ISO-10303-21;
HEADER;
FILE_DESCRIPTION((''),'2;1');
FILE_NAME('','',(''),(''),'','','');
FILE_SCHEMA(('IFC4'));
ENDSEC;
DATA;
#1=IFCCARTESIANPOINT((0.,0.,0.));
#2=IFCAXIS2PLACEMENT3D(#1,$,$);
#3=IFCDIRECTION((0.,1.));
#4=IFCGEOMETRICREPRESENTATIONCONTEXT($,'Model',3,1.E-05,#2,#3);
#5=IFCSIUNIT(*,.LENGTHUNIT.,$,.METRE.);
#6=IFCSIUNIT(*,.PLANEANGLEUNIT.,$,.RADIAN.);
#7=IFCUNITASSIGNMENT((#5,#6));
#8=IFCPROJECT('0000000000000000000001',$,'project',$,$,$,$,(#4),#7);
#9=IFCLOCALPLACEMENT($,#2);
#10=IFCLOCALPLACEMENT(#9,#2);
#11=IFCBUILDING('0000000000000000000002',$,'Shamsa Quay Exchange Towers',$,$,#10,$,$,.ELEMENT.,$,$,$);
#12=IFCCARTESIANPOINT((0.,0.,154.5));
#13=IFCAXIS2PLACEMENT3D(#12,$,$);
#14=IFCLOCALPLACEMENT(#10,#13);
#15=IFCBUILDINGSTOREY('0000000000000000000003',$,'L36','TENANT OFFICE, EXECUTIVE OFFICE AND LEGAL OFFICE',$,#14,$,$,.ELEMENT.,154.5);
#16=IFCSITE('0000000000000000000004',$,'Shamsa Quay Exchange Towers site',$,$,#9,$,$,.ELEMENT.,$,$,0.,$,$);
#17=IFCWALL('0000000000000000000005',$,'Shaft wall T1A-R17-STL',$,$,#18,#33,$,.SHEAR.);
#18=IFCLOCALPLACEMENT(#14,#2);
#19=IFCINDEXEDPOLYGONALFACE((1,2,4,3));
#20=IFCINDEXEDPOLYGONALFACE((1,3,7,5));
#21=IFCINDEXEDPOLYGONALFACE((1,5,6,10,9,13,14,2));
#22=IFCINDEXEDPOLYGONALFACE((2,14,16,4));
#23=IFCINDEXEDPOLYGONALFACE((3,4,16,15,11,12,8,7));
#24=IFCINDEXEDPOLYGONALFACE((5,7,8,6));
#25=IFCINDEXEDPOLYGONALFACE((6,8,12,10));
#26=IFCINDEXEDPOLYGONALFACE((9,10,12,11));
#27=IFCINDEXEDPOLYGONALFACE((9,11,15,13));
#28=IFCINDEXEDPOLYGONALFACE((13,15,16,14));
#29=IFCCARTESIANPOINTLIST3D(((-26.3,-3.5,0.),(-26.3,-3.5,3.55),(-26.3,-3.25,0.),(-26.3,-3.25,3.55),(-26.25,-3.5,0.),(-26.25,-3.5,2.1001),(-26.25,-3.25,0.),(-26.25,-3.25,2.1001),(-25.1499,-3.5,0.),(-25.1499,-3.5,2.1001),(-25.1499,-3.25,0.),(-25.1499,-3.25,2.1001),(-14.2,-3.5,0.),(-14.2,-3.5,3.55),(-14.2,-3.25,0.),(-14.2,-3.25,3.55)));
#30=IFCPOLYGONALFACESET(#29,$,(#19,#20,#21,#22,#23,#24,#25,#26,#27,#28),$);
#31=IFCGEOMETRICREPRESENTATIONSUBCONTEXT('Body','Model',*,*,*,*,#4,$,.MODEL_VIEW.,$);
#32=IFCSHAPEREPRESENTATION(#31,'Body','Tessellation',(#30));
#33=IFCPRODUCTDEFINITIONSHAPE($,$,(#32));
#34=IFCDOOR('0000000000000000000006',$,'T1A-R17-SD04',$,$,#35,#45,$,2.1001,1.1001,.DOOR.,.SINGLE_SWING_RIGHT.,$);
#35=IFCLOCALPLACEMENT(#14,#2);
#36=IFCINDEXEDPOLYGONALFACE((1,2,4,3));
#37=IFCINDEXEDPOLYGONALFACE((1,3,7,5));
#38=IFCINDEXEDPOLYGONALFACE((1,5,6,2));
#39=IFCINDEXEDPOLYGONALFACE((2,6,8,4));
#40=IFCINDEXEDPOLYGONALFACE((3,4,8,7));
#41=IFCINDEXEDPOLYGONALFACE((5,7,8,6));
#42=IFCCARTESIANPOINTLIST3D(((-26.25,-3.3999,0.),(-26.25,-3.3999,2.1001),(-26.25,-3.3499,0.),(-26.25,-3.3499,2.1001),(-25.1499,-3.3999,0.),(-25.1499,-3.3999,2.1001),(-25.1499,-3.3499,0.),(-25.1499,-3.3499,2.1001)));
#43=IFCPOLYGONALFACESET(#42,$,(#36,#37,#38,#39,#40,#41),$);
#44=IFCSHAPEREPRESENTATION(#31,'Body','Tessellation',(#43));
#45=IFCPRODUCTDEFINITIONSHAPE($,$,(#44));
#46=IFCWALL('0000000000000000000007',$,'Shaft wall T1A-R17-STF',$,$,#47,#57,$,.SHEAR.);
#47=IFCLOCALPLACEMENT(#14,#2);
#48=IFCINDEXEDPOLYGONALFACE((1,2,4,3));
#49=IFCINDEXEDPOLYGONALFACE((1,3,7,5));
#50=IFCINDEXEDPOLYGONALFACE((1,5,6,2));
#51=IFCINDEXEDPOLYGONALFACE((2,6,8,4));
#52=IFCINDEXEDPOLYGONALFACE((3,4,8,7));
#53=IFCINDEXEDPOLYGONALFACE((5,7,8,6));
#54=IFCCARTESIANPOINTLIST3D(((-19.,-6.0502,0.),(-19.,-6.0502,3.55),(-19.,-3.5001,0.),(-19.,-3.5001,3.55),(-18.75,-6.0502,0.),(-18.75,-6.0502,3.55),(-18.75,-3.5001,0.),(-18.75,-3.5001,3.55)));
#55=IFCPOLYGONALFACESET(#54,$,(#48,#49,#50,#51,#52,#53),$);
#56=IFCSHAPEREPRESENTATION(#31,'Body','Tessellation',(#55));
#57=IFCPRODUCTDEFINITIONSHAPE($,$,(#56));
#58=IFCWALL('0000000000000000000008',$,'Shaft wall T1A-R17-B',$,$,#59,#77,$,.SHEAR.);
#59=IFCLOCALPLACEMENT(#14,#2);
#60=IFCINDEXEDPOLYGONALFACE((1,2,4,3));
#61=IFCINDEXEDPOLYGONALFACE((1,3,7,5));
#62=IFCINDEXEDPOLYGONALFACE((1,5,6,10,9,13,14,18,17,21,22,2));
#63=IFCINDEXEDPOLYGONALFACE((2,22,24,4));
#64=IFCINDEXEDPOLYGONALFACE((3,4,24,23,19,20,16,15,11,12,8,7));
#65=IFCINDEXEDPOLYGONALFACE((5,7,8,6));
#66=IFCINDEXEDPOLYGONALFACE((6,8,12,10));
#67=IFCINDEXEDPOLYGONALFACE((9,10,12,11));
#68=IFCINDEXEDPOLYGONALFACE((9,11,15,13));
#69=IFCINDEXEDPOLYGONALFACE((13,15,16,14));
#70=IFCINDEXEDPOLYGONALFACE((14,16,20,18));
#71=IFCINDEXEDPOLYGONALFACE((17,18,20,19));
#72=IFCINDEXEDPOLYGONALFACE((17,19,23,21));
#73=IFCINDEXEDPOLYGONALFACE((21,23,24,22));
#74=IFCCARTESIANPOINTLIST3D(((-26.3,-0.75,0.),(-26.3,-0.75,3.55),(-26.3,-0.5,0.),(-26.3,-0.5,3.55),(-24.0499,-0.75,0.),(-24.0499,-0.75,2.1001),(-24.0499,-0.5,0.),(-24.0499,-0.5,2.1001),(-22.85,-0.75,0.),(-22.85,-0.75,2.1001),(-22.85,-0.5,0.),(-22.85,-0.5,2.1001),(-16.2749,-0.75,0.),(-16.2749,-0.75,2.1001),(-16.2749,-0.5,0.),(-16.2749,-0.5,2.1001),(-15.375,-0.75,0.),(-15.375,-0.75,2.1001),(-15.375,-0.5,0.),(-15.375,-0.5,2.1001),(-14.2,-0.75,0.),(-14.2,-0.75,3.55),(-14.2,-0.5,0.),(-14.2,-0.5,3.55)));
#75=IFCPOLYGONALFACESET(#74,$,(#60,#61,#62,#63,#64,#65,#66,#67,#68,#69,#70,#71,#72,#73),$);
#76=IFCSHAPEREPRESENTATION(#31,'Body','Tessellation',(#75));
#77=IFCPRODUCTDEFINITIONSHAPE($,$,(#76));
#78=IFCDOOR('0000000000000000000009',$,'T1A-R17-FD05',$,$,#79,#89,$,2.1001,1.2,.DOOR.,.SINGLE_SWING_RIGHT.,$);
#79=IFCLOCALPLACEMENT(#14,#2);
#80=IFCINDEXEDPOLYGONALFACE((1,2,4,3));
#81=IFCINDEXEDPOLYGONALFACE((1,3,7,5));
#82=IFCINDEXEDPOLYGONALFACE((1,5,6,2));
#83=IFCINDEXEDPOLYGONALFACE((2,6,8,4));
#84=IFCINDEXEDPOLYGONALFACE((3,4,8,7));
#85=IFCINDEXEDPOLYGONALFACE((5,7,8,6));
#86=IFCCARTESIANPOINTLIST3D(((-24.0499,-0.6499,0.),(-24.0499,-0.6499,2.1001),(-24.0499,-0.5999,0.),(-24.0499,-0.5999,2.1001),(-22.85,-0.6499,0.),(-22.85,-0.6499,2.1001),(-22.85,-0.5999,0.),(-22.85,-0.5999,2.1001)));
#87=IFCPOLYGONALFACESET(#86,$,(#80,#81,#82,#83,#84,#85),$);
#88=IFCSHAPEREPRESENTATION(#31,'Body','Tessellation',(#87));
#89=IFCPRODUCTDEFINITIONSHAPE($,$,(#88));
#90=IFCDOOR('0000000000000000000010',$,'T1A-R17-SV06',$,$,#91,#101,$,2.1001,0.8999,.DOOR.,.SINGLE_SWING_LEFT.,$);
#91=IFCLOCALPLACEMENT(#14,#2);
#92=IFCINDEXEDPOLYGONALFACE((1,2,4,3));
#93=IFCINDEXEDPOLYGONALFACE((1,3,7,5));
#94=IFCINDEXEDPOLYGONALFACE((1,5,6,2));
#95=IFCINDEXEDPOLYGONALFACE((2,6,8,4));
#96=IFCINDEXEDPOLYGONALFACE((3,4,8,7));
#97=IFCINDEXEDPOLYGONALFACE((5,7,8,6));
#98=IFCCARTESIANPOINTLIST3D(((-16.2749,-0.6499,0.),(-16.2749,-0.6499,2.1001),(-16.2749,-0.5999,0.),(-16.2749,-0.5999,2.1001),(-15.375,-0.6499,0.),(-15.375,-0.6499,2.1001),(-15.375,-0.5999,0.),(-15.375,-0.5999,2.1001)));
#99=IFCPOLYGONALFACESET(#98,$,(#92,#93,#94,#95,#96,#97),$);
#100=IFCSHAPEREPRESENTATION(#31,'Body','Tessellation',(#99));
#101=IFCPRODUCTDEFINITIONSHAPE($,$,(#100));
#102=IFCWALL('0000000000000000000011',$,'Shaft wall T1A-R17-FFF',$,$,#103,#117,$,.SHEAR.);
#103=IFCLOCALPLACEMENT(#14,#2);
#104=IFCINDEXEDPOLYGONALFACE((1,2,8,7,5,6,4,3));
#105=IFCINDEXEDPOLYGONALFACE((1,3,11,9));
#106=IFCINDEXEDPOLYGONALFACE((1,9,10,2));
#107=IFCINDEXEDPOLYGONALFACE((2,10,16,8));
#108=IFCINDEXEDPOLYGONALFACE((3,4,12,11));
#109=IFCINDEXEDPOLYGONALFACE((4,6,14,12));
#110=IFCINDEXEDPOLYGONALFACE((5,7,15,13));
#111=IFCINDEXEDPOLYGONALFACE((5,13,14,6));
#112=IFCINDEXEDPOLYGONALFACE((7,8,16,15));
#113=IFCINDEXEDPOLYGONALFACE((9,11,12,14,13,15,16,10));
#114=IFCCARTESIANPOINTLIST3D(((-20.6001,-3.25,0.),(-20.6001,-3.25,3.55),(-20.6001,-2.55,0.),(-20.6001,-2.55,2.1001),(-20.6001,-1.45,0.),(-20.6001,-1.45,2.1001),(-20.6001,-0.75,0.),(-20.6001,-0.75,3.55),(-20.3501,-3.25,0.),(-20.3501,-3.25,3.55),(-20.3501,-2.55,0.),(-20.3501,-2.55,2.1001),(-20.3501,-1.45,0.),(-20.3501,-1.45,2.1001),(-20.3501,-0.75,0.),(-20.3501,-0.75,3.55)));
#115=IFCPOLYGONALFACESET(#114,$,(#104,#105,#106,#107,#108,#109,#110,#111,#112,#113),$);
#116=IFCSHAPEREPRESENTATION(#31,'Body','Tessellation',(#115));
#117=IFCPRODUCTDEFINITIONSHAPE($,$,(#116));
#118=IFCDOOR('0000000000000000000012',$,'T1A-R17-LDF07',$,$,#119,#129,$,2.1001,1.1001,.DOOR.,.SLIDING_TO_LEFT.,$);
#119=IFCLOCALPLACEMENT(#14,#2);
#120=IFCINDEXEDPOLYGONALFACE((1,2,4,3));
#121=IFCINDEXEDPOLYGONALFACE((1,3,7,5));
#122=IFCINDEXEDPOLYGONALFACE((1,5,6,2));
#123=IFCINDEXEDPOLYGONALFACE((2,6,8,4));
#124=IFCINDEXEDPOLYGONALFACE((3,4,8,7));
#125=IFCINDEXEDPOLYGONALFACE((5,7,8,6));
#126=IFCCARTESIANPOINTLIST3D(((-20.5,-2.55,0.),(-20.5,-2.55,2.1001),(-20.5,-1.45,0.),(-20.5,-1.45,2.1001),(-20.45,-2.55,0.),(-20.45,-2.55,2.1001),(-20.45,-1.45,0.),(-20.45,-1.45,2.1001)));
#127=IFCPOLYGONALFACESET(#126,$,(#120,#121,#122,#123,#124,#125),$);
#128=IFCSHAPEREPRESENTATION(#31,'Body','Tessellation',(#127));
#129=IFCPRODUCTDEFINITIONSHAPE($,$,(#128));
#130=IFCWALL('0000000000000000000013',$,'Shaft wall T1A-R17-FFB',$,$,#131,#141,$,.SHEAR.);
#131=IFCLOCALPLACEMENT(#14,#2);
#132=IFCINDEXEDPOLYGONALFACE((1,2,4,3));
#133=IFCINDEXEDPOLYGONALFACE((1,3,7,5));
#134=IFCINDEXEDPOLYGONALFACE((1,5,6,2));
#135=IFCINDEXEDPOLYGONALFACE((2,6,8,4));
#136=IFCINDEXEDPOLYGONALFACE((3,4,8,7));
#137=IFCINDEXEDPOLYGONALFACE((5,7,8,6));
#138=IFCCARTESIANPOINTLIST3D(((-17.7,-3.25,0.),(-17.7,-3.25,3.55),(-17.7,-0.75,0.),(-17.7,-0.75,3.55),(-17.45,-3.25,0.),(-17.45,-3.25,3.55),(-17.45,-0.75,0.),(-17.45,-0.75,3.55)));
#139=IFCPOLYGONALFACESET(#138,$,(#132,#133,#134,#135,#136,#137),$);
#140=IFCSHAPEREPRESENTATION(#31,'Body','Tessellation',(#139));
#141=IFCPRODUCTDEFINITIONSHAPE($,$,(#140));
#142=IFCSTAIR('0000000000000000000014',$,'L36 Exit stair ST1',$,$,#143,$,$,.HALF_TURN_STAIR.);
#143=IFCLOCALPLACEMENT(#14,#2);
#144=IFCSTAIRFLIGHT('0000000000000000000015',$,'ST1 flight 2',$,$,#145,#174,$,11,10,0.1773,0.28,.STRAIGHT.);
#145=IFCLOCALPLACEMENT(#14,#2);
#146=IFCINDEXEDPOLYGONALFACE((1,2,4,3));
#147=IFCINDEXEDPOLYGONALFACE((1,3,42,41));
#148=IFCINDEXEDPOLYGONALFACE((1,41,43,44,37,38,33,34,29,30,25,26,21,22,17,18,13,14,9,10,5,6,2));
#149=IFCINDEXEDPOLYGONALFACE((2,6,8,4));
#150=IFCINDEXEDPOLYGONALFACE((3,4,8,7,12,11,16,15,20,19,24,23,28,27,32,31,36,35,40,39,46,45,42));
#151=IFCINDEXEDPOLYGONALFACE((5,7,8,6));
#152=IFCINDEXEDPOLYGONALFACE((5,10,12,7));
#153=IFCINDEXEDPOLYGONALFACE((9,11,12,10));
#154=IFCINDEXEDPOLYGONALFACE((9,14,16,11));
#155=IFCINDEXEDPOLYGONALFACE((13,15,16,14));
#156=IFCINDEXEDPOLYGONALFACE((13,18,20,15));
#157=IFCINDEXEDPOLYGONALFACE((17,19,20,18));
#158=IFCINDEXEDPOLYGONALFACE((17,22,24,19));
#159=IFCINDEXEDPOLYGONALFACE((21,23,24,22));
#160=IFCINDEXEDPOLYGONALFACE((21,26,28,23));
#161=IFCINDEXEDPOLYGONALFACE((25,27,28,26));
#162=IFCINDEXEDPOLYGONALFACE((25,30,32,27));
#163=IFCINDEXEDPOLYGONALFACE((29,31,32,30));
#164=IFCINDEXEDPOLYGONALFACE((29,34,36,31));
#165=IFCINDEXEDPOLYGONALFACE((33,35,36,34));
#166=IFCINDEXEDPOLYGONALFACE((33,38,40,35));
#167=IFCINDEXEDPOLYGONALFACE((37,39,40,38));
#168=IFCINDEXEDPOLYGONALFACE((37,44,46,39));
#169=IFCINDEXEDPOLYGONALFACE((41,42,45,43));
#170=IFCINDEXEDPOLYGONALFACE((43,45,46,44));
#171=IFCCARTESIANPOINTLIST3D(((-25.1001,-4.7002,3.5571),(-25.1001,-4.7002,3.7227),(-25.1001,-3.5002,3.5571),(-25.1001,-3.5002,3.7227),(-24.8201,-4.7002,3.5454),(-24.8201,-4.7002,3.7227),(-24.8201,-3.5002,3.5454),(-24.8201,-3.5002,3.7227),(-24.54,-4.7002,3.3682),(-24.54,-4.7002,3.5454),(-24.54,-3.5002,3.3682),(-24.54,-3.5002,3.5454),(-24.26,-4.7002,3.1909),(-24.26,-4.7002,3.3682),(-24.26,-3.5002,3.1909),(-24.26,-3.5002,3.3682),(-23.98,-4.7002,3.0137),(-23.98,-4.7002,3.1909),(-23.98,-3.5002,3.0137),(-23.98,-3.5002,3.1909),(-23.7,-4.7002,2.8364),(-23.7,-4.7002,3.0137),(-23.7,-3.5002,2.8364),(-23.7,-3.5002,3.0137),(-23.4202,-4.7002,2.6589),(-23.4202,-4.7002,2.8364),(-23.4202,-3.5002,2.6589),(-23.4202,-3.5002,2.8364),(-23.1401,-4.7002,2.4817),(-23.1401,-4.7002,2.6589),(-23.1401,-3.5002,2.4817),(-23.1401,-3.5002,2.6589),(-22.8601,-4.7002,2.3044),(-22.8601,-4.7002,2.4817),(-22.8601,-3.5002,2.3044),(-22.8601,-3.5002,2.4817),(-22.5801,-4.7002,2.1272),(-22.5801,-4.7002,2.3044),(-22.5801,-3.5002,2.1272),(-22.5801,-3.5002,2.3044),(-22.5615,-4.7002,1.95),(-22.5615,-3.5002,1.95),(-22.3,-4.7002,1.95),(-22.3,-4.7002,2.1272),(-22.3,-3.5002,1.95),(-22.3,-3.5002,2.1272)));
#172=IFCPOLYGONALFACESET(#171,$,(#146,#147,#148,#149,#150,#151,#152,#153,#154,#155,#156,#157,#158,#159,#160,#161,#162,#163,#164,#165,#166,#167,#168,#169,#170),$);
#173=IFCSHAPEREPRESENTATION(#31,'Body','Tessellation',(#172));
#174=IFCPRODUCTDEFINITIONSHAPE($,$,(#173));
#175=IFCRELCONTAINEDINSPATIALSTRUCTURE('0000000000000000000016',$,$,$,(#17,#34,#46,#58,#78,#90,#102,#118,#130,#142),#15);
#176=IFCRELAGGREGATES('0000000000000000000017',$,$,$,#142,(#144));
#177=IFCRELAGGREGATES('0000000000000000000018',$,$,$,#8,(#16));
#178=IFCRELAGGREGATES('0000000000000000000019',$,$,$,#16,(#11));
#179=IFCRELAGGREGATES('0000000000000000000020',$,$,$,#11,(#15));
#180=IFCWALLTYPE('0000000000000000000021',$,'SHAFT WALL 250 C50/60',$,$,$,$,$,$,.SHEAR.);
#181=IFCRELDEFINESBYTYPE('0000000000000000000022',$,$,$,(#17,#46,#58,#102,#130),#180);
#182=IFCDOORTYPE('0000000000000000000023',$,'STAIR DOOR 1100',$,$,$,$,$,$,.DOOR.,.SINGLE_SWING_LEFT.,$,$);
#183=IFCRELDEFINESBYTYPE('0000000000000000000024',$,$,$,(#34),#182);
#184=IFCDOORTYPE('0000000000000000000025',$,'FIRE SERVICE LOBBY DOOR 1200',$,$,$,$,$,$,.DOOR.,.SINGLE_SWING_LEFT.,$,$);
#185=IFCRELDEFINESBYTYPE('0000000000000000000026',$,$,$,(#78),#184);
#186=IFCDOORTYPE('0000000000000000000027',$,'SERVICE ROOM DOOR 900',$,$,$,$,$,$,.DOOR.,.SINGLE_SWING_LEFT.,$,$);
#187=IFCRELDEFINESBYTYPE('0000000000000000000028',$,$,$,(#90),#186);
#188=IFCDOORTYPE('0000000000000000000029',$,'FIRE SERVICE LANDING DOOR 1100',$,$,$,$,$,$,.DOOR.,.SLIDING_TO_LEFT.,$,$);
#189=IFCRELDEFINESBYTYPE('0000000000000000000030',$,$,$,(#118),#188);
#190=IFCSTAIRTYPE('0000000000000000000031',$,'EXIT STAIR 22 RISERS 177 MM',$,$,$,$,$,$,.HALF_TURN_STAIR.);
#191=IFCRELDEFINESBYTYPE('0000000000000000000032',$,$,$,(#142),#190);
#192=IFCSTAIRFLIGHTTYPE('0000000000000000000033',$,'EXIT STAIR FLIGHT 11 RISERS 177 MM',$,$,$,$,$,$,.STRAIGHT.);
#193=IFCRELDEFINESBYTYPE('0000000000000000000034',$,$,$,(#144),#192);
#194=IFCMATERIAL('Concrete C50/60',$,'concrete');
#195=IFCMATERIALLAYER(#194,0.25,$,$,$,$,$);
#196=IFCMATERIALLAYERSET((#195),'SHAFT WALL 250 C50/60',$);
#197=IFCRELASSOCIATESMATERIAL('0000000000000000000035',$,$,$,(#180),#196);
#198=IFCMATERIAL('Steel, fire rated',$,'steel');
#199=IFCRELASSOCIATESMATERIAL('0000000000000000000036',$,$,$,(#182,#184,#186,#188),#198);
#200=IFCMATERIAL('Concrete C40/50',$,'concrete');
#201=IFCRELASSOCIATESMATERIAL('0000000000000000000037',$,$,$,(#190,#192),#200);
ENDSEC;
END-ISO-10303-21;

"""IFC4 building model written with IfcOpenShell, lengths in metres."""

from ifc_helpers import new_model, si_unit, direction, frame, frame_2d, origin, place, context, subcontext, project, spatial, polyline, rectangle, outline, extrude, material, layer, layer_set, type_object, element, fill, aggregate, save


model = new_model("IFC4")

# Units and contexts
model_context = context("Model", 3, precision=1e-05, world=origin(), true_north=direction((0.0, 1.0)))
body_context = subcontext(model_context, "Body", "Model", "MODEL_VIEW")
ifc_project = project(units=[si_unit("LENGTHUNIT", "METRE"), si_unit("PLANEANGLEUNIT", "RADIAN")], contexts=[model_context])

# Site, building, storey
site_placement = place(None, origin())
site = spatial("IfcSite", under=ifc_project, at=site_placement, Name="Shamsa Quay Exchange Towers site", CompositionType="ELEMENT", RefElevation=0.0)
building_placement = place(site_placement, origin())
building = spatial("IfcBuilding", under=site, at=building_placement, Name="Shamsa Quay Exchange Towers", CompositionType="ELEMENT")
storey_placement = place(building_placement, frame((0.0, 0.0, 154.5)))
storey = spatial("IfcBuildingStorey", under=building, at=storey_placement, Name="L36", Description="TENANT OFFICE, EXECUTIVE OFFICE AND LEGAL OFFICE", CompositionType="ELEMENT", Elevation=154.5)

# Shared definitions
ifc_material_1 = material(Name="Concrete C40/50", Category="concrete")

# Wall, opening, door
ifc_material_2 = material(Name="Concrete C50/60", Category="concrete")
ifc_layer_1 = layer(ifc_material_2, 0.25)
ifc_layer_set_1 = layer_set([ifc_layer_1], Name="SHAFT WALL 250 C50/60")
wall_type_1 = type_object("IfcWallType", Name="SHAFT WALL 250 C50/60", PredefinedType="SHEAR", material=ifc_layer_set_1)
wall_1_placement = place(storey_placement, frame((-14.2, -3.375, 0.0), z_axis=(0.0, 0.0, 1.0), x_axis=(-1.0, 0.0, 0.0)))
wall_1 = element("IfcWall", 1, at=wall_1_placement, inside=storey, type_object=wall_type_1, Name="Shaft wall T1A-R17-STL", PredefinedType="SHEAR", context=body_context, shape_type="SweptSolid", body=[
    extrude(rectangle(XDim=12.1001, YDim=0.25, at=frame_2d((6.05, 0.0))), origin(), (0.0, 0.0, 1.0), 3.55),
])
opening_1_placement = place(wall_1_placement, frame((10.95, 0.0, 0.0)))
opening_1 = element("IfcOpeningElement", 2, at=opening_1_placement, cuts=wall_1, PredefinedType="OPENING", context=body_context, shape_type="SweptSolid", body=[
    extrude(rectangle(XDim=1.1001, YDim=2.1001, at=frame_2d((0.55, 1.05))), frame((0.0, 0.135, 0.0), z_axis=(0.0, -1.0, 0.0), x_axis=(1.0, 0.0, 0.0)), (0.0, 0.0, 1.0), 0.27),
])
ifc_material_3 = material(Name="Steel, fire rated", Category="steel")
door_type_1 = type_object("IfcDoorType", Name="STAIR DOOR 1100", OperationType="SINGLE_SWING_LEFT", PredefinedType="DOOR", material=ifc_material_3)
door_1_placement = place(opening_1_placement, origin())
door_1 = element("IfcDoor", 3, at=door_1_placement, inside=storey, type_object=door_type_1, Name="T1A-R17-SD04", OperationType="SINGLE_SWING_RIGHT", OverallHeight=2.1001, OverallWidth=1.1001, PredefinedType="DOOR", context=body_context, shape_type="SweptSolid", body=[
    extrude(rectangle(XDim=1.1001, YDim=2.1001, at=frame_2d((0.55, 1.05))), frame((0.0, 0.0249, 0.0), z_axis=(0.0, -1.0, 0.0), x_axis=(1.0, 0.0, 0.0)), (0.0, 0.0, 1.0), 0.05),
])
fill(opening_1, door_1)

# Wall
wall_2_placement = place(storey_placement, frame((-18.875, -6.05, 0.0), z_axis=(0.0, 0.0, 1.0), x_axis=(0.0, 1.0, 0.0)))
element("IfcWall", 4, at=wall_2_placement, inside=storey, type_object=wall_type_1, Name="Shaft wall T1A-R17-STF", PredefinedType="SHEAR", context=body_context, shape_type="SweptSolid", body=[
    extrude(rectangle(XDim=2.55, YDim=0.25, at=frame_2d((1.2749, 0.0))), origin(), (0.0, 0.0, 1.0), 3.55),
])

# Wall, openings, doors
wall_3_placement = place(storey_placement, frame((-14.2, -0.625, 0.0), z_axis=(0.0, 0.0, 1.0), x_axis=(-1.0, 0.0, 0.0)))
wall_3 = element("IfcWall", 5, at=wall_3_placement, inside=storey, type_object=wall_type_1, Name="Shaft wall T1A-R17-B", PredefinedType="SHEAR", context=body_context, shape_type="SweptSolid", body=[
    extrude(rectangle(XDim=12.1001, YDim=0.25, at=frame_2d((6.05, 0.0))), origin(), (0.0, 0.0, 1.0), 3.55),
])
opening_2_placement = place(wall_3_placement, frame((8.6499, 0.0, 0.0)))
opening_2 = element("IfcOpeningElement", 6, at=opening_2_placement, cuts=wall_3, PredefinedType="OPENING", context=body_context, shape_type="SweptSolid", body=[
    extrude(rectangle(XDim=1.2, YDim=2.1001, at=frame_2d((0.6001, 1.05))), frame((0.0, 0.135, 0.0), z_axis=(0.0, -1.0, 0.0), x_axis=(1.0, 0.0, 0.0)), (0.0, 0.0, 1.0), 0.27),
])
opening_3_placement = place(wall_3_placement, frame((1.175, 0.0, 0.0)))
opening_3 = element("IfcOpeningElement", 7, at=opening_3_placement, cuts=wall_3, PredefinedType="OPENING", context=body_context, shape_type="SweptSolid", body=[
    extrude(rectangle(XDim=0.8999, YDim=2.1001, at=frame_2d((0.45, 1.05))), frame((0.0, 0.135, 0.0), z_axis=(0.0, -1.0, 0.0), x_axis=(1.0, 0.0, 0.0)), (0.0, 0.0, 1.0), 0.27),
])
door_type_2 = type_object("IfcDoorType", Name="FIRE SERVICE LOBBY DOOR 1200", OperationType="SINGLE_SWING_LEFT", PredefinedType="DOOR", material=ifc_material_3)
door_2_placement = place(opening_2_placement, origin())
door_2 = element("IfcDoor", 8, at=door_2_placement, inside=storey, type_object=door_type_2, Name="T1A-R17-FD05", OperationType="SINGLE_SWING_RIGHT", OverallHeight=2.1001, OverallWidth=1.2, PredefinedType="DOOR", context=body_context, shape_type="SweptSolid", body=[
    extrude(rectangle(XDim=1.2, YDim=2.1001, at=frame_2d((0.6001, 1.05))), frame((0.0, 0.0249, 0.0), z_axis=(0.0, -1.0, 0.0), x_axis=(1.0, 0.0, 0.0)), (0.0, 0.0, 1.0), 0.05),
])
fill(opening_2, door_2)
door_type_3 = type_object("IfcDoorType", Name="SERVICE ROOM DOOR 900", OperationType="SINGLE_SWING_LEFT", PredefinedType="DOOR", material=ifc_material_3)
door_3_placement = place(opening_3_placement, origin())
door_3 = element("IfcDoor", 9, at=door_3_placement, inside=storey, type_object=door_type_3, Name="T1A-R17-SV06", OperationType="SINGLE_SWING_LEFT", OverallHeight=2.1001, OverallWidth=0.8999, PredefinedType="DOOR", context=body_context, shape_type="SweptSolid", body=[
    extrude(rectangle(XDim=0.8999, YDim=2.1001, at=frame_2d((0.45, 1.05))), frame((0.0, 0.0249, 0.0), z_axis=(0.0, -1.0, 0.0), x_axis=(1.0, 0.0, 0.0)), (0.0, 0.0, 1.0), 0.05),
])
fill(opening_3, door_3)

# Wall, opening, door
wall_4_placement = place(storey_placement, frame((-20.4751, -3.25, 0.0), z_axis=(0.0, 0.0, 1.0), x_axis=(0.0, 1.0, 0.0)))
wall_4 = element("IfcWall", 10, at=wall_4_placement, inside=storey, type_object=wall_type_1, Name="Shaft wall T1A-R17-FFF", PredefinedType="SHEAR", context=body_context, shape_type="SweptSolid", body=[
    extrude(rectangle(XDim=2.5, YDim=0.25, at=frame_2d((1.25, 0.0))), origin(), (0.0, 0.0, 1.0), 3.55),
])
opening_4_placement = place(wall_4_placement, frame((0.7, 0.0, 0.0)))
opening_4 = element("IfcOpeningElement", 11, at=opening_4_placement, cuts=wall_4, PredefinedType="OPENING", context=body_context, shape_type="SweptSolid", body=[
    extrude(rectangle(XDim=1.1001, YDim=2.1001, at=frame_2d((0.55, 1.05))), frame((0.0, 0.135, 0.0), z_axis=(0.0, -1.0, 0.0), x_axis=(1.0, 0.0, 0.0)), (0.0, 0.0, 1.0), 0.27),
])
door_type_4 = type_object("IfcDoorType", Name="FIRE SERVICE LANDING DOOR 1100", OperationType="SLIDING_TO_LEFT", PredefinedType="DOOR", material=ifc_material_3)
door_4_placement = place(opening_4_placement, origin())
door_4 = element("IfcDoor", 12, at=door_4_placement, inside=storey, type_object=door_type_4, Name="T1A-R17-LDF07", OperationType="SLIDING_TO_LEFT", OverallHeight=2.1001, OverallWidth=1.1001, PredefinedType="DOOR", context=body_context, shape_type="SweptSolid", body=[
    extrude(rectangle(XDim=1.1001, YDim=2.1001, at=frame_2d((0.55, 1.05))), frame((0.0, 0.0249, 0.0), z_axis=(0.0, -1.0, 0.0), x_axis=(1.0, 0.0, 0.0)), (0.0, 0.0, 1.0), 0.05),
])
fill(opening_4, door_4)

# Wall
wall_5_placement = place(storey_placement, frame((-17.575, -3.25, 0.0), z_axis=(0.0, 0.0, 1.0), x_axis=(0.0, 1.0, 0.0)))
element("IfcWall", 13, at=wall_5_placement, inside=storey, type_object=wall_type_1, Name="Shaft wall T1A-R17-FFB", PredefinedType="SHEAR", context=body_context, shape_type="SweptSolid", body=[
    extrude(rectangle(XDim=2.5, YDim=0.25, at=frame_2d((1.25, 0.0))), origin(), (0.0, 0.0, 1.0), 3.55),
])

# Stair, stair flight
stair_type = type_object("IfcStairType", Name="EXIT STAIR 22 RISERS 177 MM", PredefinedType="HALF_TURN_STAIR", material=ifc_material_1)
stair_placement = place(storey_placement, origin())
stair = element("IfcStair", 14, at=stair_placement, inside=storey, type_object=stair_type, Name="L36 Exit stair ST1", PredefinedType="HALF_TURN_STAIR")
stair_flight_type = type_object("IfcStairFlightType", Name="EXIT STAIR FLIGHT 11 RISERS 177 MM", PredefinedType="STRAIGHT", material=ifc_material_1)
stair_flight_placement = place(storey_placement, frame((-22.3, -4.1001, 1.95), z_axis=(0.0, 0.0, 1.0), x_axis=(-1.0, 0.0, 0.0)))
stair_flight = element("IfcStairFlight", 15, at=stair_flight_placement, type_object=stair_flight_type, Name="ST1 flight 2", NumberOfRisers=11, NumberOfTreads=10, PredefinedType="STRAIGHT", RiserHeight=0.1773, TreadLength=0.28, context=body_context, shape_type="SweptSolid", body=[
    extrude(outline(polyline([(0.0, 0.0), (0.0, 0.1772), (0.28, 0.1772), (0.28, 0.3545), (0.5601, 0.3545), (0.5601, 0.5317), (0.8401, 0.5317), (0.8401, 0.709), (1.1201, 0.709), (1.1201, 0.8865), (1.3999, 0.8865), (1.3999, 1.0637), (1.6799, 1.0637), (1.6799, 1.241), (1.96, 1.241), (1.96, 1.4182), (2.24, 1.4182), (2.24, 1.5955), (2.52, 1.5955), (2.52, 1.7727), (2.8, 1.7727), (2.8, 1.95), (2.8, 1.6072), (0.2615, 0.0), (0.0, 0.0)])), frame((0.0, 0.6001, 0.0), z_axis=(0.0, -1.0, 0.0), x_axis=(1.0, 0.0, 0.0)), (0.0, 0.0, 1.0), 1.2),
])
aggregate(stair, [stair_flight])

save(model, "model.ifc")
